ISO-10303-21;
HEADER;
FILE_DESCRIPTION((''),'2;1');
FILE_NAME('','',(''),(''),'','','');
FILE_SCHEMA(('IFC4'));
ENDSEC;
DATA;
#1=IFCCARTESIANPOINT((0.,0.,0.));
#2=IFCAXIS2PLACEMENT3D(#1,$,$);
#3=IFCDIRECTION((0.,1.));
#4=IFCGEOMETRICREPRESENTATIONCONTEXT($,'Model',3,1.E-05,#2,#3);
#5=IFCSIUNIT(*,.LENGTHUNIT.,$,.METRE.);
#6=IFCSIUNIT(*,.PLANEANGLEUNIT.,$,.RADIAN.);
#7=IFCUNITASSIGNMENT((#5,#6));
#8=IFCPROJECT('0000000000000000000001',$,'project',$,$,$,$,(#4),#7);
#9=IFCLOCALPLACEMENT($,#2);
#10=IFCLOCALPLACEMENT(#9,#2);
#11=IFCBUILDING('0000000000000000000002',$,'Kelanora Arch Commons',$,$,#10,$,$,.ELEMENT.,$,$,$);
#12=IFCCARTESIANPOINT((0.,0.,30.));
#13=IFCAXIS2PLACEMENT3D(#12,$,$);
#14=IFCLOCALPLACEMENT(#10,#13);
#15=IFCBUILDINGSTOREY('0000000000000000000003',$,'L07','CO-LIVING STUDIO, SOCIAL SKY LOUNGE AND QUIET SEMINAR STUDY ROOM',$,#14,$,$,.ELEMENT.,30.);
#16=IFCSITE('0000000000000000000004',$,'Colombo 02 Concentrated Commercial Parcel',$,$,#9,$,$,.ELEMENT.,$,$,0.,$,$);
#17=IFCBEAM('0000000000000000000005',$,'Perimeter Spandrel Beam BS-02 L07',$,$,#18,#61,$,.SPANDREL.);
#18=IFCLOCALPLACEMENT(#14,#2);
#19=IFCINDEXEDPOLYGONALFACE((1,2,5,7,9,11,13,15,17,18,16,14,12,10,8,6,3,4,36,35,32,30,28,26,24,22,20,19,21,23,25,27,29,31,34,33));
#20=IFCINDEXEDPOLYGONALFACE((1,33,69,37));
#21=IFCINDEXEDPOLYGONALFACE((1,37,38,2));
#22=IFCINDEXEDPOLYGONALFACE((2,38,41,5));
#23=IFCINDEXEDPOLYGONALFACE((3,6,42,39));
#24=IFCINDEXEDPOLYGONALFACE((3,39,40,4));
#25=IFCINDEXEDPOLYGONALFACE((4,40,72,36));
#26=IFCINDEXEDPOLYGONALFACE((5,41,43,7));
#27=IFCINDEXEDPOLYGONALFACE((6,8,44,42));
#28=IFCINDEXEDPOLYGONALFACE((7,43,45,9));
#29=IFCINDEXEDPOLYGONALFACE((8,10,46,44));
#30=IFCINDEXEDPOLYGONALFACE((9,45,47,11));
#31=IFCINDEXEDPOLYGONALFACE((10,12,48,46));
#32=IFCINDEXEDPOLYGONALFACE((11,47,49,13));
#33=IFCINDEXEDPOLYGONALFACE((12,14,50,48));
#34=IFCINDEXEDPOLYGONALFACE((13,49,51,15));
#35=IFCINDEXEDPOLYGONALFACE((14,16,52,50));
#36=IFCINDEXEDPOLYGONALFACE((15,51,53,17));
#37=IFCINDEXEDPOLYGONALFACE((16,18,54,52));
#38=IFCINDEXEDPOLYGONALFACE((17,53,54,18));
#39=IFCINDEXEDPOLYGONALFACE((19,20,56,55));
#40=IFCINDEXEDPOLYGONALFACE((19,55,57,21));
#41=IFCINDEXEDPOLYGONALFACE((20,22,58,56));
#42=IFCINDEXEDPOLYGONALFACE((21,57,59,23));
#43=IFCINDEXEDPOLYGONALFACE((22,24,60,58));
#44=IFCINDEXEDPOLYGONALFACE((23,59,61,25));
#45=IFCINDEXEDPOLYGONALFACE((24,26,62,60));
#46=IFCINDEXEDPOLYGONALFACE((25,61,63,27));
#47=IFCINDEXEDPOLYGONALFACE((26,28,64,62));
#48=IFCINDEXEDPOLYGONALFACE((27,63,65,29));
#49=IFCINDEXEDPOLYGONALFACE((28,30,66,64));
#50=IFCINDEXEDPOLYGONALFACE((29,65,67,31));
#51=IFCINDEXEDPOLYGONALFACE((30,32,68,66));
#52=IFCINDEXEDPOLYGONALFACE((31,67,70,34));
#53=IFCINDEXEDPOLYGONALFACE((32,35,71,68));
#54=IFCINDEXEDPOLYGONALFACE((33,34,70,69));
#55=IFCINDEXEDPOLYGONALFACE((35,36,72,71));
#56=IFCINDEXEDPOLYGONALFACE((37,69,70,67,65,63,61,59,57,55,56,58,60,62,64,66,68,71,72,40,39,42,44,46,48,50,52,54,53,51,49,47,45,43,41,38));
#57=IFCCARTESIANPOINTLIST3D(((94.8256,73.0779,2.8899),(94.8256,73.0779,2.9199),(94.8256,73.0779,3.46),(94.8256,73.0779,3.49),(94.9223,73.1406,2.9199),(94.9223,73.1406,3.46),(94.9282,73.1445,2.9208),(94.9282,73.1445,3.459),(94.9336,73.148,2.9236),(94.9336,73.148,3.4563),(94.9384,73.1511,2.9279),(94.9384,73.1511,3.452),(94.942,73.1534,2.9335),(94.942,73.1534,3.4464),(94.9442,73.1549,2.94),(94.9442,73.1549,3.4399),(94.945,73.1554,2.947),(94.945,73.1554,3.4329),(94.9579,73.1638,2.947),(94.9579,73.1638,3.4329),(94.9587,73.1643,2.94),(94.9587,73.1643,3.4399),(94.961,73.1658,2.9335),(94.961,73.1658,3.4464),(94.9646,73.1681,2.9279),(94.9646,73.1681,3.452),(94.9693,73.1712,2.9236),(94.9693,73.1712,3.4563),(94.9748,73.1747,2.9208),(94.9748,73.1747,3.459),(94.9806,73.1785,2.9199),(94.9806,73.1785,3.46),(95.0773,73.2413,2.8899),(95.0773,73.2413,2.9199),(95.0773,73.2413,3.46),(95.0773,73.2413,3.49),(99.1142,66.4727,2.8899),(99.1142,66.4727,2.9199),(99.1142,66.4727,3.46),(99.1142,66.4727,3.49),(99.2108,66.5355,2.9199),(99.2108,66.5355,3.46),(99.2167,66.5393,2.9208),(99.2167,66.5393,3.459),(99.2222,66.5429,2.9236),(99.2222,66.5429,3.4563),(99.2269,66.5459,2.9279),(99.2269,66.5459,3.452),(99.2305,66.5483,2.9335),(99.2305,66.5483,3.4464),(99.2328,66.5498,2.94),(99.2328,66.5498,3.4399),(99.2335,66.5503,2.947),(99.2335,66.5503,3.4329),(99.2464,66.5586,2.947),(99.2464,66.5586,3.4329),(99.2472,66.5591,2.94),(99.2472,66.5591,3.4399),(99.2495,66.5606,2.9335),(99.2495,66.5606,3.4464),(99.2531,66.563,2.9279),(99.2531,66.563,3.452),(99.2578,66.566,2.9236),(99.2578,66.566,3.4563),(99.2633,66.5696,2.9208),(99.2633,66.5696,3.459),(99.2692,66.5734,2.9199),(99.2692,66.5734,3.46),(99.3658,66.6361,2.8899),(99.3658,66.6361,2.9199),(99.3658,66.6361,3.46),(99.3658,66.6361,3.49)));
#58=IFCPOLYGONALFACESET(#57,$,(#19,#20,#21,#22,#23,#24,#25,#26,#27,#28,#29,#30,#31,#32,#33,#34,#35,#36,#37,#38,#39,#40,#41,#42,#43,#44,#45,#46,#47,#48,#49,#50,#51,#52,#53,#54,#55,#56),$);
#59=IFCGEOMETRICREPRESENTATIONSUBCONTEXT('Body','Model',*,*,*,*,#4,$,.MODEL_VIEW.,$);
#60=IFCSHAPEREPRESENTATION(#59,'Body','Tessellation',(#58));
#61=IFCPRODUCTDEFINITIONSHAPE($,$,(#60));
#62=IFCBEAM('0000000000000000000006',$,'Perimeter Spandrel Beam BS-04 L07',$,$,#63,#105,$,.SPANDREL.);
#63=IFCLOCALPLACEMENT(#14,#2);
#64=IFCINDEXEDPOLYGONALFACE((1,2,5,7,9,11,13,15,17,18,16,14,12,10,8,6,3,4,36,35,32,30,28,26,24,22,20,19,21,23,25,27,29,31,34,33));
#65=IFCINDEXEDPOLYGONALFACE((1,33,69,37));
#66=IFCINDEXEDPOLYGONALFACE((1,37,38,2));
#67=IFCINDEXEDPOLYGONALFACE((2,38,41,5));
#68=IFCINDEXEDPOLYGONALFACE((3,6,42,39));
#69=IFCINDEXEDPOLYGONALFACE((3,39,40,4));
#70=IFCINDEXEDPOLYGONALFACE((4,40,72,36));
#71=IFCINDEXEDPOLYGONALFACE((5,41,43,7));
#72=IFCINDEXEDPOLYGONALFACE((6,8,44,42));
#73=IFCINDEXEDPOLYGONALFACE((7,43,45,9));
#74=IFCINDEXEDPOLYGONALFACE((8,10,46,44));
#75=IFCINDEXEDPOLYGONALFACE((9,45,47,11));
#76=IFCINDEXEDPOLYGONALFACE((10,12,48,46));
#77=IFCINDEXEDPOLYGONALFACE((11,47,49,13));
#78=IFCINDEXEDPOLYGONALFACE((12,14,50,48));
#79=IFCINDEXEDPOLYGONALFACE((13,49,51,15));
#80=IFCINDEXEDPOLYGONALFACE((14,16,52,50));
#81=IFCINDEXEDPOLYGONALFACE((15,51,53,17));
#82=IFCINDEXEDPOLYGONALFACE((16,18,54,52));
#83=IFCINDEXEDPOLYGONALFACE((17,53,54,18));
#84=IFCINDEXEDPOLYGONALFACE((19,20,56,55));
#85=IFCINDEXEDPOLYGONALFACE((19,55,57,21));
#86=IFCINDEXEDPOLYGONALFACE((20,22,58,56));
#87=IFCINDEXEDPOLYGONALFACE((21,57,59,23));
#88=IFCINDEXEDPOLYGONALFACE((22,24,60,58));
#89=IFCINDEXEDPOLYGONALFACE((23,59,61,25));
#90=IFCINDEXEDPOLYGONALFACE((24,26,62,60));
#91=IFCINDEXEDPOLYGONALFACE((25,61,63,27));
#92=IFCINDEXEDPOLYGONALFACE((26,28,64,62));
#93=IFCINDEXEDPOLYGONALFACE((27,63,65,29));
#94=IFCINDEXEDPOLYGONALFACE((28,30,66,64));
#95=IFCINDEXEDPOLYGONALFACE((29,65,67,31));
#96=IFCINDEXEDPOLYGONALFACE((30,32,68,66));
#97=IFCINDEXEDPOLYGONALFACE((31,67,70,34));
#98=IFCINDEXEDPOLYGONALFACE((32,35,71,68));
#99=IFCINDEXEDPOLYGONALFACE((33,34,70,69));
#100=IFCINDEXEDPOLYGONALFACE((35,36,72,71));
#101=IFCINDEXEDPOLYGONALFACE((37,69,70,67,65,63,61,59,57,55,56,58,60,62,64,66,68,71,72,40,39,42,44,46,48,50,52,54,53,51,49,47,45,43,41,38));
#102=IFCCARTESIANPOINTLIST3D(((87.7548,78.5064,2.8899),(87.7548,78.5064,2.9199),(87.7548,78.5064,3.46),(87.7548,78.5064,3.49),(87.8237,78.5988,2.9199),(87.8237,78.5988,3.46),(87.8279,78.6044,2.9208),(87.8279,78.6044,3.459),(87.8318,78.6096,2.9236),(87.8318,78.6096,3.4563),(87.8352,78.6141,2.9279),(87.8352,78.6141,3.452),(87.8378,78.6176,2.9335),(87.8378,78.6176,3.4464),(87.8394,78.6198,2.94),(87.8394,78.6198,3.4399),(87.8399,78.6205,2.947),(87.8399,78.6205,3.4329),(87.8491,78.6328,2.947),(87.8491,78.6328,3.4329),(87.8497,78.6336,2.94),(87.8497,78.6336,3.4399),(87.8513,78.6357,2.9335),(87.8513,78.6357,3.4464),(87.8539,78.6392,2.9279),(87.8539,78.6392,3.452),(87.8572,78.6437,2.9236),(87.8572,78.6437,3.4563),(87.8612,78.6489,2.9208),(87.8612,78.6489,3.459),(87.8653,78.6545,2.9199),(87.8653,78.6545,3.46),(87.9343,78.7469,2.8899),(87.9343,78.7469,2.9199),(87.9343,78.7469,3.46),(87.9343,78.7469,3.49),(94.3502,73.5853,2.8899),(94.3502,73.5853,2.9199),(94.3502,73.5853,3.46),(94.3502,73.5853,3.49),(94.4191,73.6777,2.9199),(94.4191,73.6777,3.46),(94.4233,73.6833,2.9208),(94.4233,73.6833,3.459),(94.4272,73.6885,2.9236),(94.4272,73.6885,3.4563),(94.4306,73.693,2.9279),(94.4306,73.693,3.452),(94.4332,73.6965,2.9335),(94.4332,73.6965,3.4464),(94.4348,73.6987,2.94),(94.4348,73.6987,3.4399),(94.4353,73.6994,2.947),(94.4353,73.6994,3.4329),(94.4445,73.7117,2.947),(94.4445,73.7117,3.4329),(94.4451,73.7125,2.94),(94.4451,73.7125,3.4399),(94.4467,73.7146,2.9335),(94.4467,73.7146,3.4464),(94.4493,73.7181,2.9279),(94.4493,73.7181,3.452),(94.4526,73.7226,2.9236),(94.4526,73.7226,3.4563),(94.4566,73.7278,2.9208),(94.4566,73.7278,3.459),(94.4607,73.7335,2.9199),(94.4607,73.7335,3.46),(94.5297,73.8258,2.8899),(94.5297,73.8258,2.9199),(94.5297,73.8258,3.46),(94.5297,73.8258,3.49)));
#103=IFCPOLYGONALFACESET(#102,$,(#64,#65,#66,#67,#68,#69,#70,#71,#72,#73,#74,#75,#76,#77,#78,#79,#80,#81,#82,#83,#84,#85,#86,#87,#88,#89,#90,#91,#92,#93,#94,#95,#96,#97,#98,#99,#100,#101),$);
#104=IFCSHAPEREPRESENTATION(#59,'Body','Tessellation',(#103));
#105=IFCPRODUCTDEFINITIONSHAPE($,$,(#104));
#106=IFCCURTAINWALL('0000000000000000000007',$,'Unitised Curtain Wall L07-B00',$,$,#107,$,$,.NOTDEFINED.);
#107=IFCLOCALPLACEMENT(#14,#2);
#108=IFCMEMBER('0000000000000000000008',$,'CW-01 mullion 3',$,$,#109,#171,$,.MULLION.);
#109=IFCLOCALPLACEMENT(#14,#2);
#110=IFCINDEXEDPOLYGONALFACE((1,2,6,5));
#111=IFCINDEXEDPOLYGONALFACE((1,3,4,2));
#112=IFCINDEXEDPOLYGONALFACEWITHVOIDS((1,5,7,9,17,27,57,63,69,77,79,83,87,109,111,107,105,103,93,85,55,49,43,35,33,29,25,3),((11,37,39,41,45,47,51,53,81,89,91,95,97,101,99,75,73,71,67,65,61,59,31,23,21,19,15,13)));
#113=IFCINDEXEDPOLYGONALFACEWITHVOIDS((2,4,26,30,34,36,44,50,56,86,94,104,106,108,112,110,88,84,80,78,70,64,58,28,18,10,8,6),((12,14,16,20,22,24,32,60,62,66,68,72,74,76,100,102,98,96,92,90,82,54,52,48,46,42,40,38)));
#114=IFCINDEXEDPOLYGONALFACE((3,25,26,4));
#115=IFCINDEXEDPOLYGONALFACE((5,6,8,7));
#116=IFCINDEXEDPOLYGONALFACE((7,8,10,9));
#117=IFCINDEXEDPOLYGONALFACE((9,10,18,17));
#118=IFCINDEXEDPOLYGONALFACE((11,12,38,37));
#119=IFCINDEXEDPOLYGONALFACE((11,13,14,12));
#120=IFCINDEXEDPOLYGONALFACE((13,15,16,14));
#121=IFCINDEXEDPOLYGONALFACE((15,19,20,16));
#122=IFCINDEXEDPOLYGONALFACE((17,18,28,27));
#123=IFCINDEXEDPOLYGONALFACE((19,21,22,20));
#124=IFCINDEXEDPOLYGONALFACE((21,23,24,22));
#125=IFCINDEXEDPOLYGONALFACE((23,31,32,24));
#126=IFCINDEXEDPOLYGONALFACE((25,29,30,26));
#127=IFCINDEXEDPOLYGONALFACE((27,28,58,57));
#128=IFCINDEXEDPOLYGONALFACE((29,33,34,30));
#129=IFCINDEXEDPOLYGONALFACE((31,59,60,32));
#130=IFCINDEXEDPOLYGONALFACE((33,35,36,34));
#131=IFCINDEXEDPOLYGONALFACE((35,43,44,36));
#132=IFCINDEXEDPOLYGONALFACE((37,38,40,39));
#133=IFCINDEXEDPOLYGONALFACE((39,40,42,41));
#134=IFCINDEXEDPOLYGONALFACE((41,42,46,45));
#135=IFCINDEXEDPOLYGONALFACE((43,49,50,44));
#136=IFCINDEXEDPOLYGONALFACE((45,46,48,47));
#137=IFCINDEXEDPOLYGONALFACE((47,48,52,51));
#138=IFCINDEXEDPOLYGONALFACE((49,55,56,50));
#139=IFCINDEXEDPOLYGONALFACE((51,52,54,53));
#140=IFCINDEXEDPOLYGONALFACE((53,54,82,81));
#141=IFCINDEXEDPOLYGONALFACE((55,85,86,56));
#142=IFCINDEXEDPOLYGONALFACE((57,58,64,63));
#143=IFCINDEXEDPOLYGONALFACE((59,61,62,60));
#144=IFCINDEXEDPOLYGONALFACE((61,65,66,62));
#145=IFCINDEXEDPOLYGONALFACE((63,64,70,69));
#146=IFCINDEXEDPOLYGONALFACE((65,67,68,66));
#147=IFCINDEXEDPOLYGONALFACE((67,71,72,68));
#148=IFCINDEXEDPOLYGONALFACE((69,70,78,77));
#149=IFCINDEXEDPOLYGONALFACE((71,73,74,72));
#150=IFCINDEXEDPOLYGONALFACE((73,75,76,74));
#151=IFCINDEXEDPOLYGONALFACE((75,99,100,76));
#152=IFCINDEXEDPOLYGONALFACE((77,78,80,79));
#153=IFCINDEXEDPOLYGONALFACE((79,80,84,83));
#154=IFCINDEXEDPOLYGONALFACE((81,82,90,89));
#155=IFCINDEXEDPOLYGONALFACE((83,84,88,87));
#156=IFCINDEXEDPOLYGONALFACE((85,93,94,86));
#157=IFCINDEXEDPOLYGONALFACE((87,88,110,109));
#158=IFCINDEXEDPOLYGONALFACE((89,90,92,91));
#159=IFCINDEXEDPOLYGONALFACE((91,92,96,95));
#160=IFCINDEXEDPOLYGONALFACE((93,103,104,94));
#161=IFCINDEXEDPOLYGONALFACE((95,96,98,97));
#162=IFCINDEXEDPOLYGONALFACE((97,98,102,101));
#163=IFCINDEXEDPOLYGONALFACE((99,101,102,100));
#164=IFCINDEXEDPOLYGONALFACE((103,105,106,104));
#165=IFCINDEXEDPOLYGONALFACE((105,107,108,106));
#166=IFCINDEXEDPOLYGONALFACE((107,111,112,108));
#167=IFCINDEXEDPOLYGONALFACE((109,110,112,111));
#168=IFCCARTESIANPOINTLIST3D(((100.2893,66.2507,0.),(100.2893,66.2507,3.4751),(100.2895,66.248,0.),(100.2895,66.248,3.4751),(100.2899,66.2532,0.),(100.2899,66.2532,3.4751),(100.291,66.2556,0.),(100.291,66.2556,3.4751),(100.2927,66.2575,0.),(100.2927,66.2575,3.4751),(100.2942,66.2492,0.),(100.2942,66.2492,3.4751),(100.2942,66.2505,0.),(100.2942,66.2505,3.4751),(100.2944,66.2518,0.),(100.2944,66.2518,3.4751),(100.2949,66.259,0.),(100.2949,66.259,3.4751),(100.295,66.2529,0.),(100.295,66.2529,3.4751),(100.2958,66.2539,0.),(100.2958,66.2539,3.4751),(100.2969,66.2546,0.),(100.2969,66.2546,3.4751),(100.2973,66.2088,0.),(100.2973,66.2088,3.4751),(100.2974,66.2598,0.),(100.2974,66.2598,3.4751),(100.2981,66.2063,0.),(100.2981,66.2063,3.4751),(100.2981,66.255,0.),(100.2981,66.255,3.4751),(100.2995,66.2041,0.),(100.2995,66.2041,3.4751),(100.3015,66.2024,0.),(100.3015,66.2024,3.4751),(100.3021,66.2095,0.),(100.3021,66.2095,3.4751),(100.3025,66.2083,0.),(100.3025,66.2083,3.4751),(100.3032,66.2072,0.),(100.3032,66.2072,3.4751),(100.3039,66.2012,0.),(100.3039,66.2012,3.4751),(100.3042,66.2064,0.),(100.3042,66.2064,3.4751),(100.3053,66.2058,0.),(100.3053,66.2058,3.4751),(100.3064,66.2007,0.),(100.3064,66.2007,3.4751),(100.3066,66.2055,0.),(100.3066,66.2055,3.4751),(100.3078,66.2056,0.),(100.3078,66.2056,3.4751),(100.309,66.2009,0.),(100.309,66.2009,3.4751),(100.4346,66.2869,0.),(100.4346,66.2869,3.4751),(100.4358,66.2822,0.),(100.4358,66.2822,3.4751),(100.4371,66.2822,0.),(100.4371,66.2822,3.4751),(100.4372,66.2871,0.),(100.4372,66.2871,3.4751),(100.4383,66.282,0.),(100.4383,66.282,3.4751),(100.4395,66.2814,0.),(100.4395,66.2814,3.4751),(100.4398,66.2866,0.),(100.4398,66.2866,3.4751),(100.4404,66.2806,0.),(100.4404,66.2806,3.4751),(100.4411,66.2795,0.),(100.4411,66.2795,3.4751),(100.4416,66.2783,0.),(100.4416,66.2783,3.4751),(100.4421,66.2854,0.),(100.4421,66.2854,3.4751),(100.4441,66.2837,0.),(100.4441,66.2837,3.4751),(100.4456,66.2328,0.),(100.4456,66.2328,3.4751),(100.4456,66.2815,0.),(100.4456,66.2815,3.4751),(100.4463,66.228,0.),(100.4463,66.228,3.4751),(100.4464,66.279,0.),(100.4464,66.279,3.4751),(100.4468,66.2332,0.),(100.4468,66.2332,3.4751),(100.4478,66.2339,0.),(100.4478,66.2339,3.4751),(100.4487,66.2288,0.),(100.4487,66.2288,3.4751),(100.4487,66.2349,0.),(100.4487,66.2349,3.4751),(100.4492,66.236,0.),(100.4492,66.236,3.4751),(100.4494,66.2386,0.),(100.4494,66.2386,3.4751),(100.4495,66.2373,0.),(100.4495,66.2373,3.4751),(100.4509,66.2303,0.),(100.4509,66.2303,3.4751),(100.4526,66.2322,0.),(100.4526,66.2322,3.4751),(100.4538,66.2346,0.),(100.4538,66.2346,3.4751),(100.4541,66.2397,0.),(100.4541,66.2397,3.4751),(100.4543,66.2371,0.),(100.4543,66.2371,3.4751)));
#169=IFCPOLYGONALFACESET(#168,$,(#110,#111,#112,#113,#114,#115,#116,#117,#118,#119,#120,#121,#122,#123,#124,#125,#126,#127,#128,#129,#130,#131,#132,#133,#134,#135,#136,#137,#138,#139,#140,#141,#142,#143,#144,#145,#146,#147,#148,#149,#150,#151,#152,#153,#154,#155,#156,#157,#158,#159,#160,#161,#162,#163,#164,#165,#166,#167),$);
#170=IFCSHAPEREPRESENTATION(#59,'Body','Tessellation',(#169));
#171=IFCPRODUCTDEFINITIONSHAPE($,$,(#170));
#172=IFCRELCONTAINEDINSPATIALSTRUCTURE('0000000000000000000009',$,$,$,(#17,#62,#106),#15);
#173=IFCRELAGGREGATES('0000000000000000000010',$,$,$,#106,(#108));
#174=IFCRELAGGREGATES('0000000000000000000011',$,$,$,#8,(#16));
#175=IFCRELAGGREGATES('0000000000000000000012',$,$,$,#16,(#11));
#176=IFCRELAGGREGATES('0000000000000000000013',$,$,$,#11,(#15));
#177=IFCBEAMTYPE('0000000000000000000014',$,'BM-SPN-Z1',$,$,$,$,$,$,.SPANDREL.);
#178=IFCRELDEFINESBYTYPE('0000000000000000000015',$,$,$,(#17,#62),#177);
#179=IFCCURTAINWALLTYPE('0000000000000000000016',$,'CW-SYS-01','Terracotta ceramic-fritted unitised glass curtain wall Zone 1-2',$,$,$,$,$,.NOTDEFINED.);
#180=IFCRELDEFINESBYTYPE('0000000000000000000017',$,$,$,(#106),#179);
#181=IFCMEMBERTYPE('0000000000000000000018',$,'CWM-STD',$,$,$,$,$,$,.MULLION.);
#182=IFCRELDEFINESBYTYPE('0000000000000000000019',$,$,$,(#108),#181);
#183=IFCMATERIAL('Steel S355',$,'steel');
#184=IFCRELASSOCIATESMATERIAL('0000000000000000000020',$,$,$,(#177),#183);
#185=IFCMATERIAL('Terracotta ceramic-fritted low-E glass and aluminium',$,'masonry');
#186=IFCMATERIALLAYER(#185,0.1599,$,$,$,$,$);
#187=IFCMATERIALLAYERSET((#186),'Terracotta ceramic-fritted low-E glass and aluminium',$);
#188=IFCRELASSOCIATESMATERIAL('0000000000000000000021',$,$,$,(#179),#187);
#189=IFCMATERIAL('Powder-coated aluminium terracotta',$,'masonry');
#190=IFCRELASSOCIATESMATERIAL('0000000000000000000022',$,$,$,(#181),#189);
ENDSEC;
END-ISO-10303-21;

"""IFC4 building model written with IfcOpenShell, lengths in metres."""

from ifc_helpers import new_model, si_unit, direction, frame, origin, origin_2d, place, context, subcontext, project, spatial, hollow_rectangle, i_section, extrude, material, layer, layer_set, material_profile, profile_set, type_object, element, aggregate, save


model = new_model("IFC4")

# Units and contexts
model_context = context("Model", 3, precision=1e-05, world=origin(), true_north=direction((0.0, 1.0)))
body_context = subcontext(model_context, "Body", "Model", "MODEL_VIEW")
ifc_project = project(units=[si_unit("LENGTHUNIT", "METRE"), si_unit("PLANEANGLEUNIT", "RADIAN")], contexts=[model_context])

# Site, building, storey
site_placement = place(None, origin())
site = spatial("IfcSite", under=ifc_project, at=site_placement, Name="Colombo 02 Concentrated Commercial Parcel", CompositionType="ELEMENT", RefElevation=0.0)
building_placement = place(site_placement, origin())
building = spatial("IfcBuilding", under=site, at=building_placement, Name="Kelanora Arch Commons", CompositionType="ELEMENT")
storey_placement = place(building_placement, frame((0.0, 0.0, 30.0)))
storey = spatial("IfcBuildingStorey", under=building, at=storey_placement, Name="L07", Description="CO-LIVING STUDIO, SOCIAL SKY LOUNGE AND QUIET SEMINAR STUDY ROOM", CompositionType="ELEMENT", Elevation=30.0)

# Beams
ifc_material_1 = material(Name="Steel S355", Category="steel")
ifc_material_profile_1 = material_profile(ifc_material_1, i_section(OverallWidth=0.3, OverallDepth=0.6001, WebThickness=0.0154, FlangeThickness=0.03, FilletRadius=0.0271, at=origin_2d()), Name="HEB600")
ifc_profile_set_1 = profile_set([ifc_material_profile_1], Name="Steel S355")
beam_type_1 = type_object("IfcBeamType", Name="BM-SPN-Z1", PredefinedType="SPANDREL", material=ifc_profile_set_1)
beam_1_placement = place(storey_placement, frame((99.24, 66.5544, 3.1899), z_axis=(-0.544558, 0.838723, 0.0), x_axis=(-0.838723, -0.544558, 0.0)))
element("IfcBeam", 1, at=beam_1_placement, inside=storey, type_object=beam_type_1, Name="Perimeter Spandrel Beam BS-02 L07", PredefinedType="SPANDREL", context=body_context, shape_type="SweptSolid", body=[
    extrude(i_section(OverallWidth=0.3, OverallDepth=0.6001, WebThickness=0.0154, FlangeThickness=0.03, FilletRadius=0.0271, at=origin_2d()), origin(), (0.0, 0.0, 1.0), 7.8752),
])
beam_2_placement = place(storey_placement, frame((94.4399, 73.7056, 3.1899), z_axis=(-0.801482, 0.598019, 0.0), x_axis=(-0.598019, -0.801482, 0.0)))
element("IfcBeam", 2, at=beam_2_placement, inside=storey, type_object=beam_type_1, Name="Perimeter Spandrel Beam BS-04 L07", PredefinedType="SPANDREL", context=body_context, shape_type="SweptSolid", body=[
    extrude(i_section(OverallWidth=0.3, OverallDepth=0.6001, WebThickness=0.0154, FlangeThickness=0.03, FilletRadius=0.0271, at=origin_2d()), origin(), (0.0, 0.0, 1.0), 8.229),
])

# Curtain wall, member
ifc_material_2 = material(Name="Terracotta ceramic-fritted low-E glass and aluminium", Category="masonry")
ifc_layer_1 = layer(ifc_material_2, 0.1599)
ifc_layer_set_1 = layer_set([ifc_layer_1], Name="Terracotta ceramic-fritted low-E glass and aluminium")
curtain_wall_type = type_object("IfcCurtainWallType", Name="CW-SYS-01", Description="Terracotta ceramic-fritted unitised glass curtain wall Zone 1-2", PredefinedType="NOTDEFINED", material=ifc_layer_set_1)
curtain_wall_placement = place(storey_placement, origin())
curtain_wall = element("IfcCurtainWall", 3, at=curtain_wall_placement, inside=storey, type_object=curtain_wall_type, Name="Unitised Curtain Wall L07-B00", PredefinedType="NOTDEFINED")
ifc_material_3 = material(Name="Powder-coated aluminium terracotta", Category="masonry")
ifc_material_profile_2 = material_profile(ifc_material_3, hollow_rectangle(XDim=0.1599, YDim=0.0601, WallThickness=0.0049, InnerFilletRadius=0.0049, OuterFilletRadius=0.01, at=origin_2d()), Name="CWM160x60")
ifc_profile_set_2 = profile_set([ifc_material_profile_2], Name="Powder-coated aluminium terracotta")
member_type_1 = type_object("IfcMemberType", Name="CWM-STD", PredefinedType="MULLION", material=ifc_profile_set_2)
member_1_placement = place(storey_placement, frame((100.3718, 66.2439, 0.0), z_axis=(0.0, 0.0, 1.0), x_axis=(-0.981052, -0.193744, 0.0)))
member_1 = element("IfcMember", 4, at=member_1_placement, type_object=member_type_1, Name="CW-01 mullion 3", PredefinedType="MULLION", context=body_context, shape_type="SweptSolid", body=[
    extrude(hollow_rectangle(XDim=0.1599, YDim=0.0601, WallThickness=0.0049, InnerFilletRadius=0.0049, OuterFilletRadius=0.01, at=origin_2d()), origin(), (0.0, 0.0, 1.0), 3.4751),
])
aggregate(curtain_wall, [member_1])

save(model, "model.ifc")
